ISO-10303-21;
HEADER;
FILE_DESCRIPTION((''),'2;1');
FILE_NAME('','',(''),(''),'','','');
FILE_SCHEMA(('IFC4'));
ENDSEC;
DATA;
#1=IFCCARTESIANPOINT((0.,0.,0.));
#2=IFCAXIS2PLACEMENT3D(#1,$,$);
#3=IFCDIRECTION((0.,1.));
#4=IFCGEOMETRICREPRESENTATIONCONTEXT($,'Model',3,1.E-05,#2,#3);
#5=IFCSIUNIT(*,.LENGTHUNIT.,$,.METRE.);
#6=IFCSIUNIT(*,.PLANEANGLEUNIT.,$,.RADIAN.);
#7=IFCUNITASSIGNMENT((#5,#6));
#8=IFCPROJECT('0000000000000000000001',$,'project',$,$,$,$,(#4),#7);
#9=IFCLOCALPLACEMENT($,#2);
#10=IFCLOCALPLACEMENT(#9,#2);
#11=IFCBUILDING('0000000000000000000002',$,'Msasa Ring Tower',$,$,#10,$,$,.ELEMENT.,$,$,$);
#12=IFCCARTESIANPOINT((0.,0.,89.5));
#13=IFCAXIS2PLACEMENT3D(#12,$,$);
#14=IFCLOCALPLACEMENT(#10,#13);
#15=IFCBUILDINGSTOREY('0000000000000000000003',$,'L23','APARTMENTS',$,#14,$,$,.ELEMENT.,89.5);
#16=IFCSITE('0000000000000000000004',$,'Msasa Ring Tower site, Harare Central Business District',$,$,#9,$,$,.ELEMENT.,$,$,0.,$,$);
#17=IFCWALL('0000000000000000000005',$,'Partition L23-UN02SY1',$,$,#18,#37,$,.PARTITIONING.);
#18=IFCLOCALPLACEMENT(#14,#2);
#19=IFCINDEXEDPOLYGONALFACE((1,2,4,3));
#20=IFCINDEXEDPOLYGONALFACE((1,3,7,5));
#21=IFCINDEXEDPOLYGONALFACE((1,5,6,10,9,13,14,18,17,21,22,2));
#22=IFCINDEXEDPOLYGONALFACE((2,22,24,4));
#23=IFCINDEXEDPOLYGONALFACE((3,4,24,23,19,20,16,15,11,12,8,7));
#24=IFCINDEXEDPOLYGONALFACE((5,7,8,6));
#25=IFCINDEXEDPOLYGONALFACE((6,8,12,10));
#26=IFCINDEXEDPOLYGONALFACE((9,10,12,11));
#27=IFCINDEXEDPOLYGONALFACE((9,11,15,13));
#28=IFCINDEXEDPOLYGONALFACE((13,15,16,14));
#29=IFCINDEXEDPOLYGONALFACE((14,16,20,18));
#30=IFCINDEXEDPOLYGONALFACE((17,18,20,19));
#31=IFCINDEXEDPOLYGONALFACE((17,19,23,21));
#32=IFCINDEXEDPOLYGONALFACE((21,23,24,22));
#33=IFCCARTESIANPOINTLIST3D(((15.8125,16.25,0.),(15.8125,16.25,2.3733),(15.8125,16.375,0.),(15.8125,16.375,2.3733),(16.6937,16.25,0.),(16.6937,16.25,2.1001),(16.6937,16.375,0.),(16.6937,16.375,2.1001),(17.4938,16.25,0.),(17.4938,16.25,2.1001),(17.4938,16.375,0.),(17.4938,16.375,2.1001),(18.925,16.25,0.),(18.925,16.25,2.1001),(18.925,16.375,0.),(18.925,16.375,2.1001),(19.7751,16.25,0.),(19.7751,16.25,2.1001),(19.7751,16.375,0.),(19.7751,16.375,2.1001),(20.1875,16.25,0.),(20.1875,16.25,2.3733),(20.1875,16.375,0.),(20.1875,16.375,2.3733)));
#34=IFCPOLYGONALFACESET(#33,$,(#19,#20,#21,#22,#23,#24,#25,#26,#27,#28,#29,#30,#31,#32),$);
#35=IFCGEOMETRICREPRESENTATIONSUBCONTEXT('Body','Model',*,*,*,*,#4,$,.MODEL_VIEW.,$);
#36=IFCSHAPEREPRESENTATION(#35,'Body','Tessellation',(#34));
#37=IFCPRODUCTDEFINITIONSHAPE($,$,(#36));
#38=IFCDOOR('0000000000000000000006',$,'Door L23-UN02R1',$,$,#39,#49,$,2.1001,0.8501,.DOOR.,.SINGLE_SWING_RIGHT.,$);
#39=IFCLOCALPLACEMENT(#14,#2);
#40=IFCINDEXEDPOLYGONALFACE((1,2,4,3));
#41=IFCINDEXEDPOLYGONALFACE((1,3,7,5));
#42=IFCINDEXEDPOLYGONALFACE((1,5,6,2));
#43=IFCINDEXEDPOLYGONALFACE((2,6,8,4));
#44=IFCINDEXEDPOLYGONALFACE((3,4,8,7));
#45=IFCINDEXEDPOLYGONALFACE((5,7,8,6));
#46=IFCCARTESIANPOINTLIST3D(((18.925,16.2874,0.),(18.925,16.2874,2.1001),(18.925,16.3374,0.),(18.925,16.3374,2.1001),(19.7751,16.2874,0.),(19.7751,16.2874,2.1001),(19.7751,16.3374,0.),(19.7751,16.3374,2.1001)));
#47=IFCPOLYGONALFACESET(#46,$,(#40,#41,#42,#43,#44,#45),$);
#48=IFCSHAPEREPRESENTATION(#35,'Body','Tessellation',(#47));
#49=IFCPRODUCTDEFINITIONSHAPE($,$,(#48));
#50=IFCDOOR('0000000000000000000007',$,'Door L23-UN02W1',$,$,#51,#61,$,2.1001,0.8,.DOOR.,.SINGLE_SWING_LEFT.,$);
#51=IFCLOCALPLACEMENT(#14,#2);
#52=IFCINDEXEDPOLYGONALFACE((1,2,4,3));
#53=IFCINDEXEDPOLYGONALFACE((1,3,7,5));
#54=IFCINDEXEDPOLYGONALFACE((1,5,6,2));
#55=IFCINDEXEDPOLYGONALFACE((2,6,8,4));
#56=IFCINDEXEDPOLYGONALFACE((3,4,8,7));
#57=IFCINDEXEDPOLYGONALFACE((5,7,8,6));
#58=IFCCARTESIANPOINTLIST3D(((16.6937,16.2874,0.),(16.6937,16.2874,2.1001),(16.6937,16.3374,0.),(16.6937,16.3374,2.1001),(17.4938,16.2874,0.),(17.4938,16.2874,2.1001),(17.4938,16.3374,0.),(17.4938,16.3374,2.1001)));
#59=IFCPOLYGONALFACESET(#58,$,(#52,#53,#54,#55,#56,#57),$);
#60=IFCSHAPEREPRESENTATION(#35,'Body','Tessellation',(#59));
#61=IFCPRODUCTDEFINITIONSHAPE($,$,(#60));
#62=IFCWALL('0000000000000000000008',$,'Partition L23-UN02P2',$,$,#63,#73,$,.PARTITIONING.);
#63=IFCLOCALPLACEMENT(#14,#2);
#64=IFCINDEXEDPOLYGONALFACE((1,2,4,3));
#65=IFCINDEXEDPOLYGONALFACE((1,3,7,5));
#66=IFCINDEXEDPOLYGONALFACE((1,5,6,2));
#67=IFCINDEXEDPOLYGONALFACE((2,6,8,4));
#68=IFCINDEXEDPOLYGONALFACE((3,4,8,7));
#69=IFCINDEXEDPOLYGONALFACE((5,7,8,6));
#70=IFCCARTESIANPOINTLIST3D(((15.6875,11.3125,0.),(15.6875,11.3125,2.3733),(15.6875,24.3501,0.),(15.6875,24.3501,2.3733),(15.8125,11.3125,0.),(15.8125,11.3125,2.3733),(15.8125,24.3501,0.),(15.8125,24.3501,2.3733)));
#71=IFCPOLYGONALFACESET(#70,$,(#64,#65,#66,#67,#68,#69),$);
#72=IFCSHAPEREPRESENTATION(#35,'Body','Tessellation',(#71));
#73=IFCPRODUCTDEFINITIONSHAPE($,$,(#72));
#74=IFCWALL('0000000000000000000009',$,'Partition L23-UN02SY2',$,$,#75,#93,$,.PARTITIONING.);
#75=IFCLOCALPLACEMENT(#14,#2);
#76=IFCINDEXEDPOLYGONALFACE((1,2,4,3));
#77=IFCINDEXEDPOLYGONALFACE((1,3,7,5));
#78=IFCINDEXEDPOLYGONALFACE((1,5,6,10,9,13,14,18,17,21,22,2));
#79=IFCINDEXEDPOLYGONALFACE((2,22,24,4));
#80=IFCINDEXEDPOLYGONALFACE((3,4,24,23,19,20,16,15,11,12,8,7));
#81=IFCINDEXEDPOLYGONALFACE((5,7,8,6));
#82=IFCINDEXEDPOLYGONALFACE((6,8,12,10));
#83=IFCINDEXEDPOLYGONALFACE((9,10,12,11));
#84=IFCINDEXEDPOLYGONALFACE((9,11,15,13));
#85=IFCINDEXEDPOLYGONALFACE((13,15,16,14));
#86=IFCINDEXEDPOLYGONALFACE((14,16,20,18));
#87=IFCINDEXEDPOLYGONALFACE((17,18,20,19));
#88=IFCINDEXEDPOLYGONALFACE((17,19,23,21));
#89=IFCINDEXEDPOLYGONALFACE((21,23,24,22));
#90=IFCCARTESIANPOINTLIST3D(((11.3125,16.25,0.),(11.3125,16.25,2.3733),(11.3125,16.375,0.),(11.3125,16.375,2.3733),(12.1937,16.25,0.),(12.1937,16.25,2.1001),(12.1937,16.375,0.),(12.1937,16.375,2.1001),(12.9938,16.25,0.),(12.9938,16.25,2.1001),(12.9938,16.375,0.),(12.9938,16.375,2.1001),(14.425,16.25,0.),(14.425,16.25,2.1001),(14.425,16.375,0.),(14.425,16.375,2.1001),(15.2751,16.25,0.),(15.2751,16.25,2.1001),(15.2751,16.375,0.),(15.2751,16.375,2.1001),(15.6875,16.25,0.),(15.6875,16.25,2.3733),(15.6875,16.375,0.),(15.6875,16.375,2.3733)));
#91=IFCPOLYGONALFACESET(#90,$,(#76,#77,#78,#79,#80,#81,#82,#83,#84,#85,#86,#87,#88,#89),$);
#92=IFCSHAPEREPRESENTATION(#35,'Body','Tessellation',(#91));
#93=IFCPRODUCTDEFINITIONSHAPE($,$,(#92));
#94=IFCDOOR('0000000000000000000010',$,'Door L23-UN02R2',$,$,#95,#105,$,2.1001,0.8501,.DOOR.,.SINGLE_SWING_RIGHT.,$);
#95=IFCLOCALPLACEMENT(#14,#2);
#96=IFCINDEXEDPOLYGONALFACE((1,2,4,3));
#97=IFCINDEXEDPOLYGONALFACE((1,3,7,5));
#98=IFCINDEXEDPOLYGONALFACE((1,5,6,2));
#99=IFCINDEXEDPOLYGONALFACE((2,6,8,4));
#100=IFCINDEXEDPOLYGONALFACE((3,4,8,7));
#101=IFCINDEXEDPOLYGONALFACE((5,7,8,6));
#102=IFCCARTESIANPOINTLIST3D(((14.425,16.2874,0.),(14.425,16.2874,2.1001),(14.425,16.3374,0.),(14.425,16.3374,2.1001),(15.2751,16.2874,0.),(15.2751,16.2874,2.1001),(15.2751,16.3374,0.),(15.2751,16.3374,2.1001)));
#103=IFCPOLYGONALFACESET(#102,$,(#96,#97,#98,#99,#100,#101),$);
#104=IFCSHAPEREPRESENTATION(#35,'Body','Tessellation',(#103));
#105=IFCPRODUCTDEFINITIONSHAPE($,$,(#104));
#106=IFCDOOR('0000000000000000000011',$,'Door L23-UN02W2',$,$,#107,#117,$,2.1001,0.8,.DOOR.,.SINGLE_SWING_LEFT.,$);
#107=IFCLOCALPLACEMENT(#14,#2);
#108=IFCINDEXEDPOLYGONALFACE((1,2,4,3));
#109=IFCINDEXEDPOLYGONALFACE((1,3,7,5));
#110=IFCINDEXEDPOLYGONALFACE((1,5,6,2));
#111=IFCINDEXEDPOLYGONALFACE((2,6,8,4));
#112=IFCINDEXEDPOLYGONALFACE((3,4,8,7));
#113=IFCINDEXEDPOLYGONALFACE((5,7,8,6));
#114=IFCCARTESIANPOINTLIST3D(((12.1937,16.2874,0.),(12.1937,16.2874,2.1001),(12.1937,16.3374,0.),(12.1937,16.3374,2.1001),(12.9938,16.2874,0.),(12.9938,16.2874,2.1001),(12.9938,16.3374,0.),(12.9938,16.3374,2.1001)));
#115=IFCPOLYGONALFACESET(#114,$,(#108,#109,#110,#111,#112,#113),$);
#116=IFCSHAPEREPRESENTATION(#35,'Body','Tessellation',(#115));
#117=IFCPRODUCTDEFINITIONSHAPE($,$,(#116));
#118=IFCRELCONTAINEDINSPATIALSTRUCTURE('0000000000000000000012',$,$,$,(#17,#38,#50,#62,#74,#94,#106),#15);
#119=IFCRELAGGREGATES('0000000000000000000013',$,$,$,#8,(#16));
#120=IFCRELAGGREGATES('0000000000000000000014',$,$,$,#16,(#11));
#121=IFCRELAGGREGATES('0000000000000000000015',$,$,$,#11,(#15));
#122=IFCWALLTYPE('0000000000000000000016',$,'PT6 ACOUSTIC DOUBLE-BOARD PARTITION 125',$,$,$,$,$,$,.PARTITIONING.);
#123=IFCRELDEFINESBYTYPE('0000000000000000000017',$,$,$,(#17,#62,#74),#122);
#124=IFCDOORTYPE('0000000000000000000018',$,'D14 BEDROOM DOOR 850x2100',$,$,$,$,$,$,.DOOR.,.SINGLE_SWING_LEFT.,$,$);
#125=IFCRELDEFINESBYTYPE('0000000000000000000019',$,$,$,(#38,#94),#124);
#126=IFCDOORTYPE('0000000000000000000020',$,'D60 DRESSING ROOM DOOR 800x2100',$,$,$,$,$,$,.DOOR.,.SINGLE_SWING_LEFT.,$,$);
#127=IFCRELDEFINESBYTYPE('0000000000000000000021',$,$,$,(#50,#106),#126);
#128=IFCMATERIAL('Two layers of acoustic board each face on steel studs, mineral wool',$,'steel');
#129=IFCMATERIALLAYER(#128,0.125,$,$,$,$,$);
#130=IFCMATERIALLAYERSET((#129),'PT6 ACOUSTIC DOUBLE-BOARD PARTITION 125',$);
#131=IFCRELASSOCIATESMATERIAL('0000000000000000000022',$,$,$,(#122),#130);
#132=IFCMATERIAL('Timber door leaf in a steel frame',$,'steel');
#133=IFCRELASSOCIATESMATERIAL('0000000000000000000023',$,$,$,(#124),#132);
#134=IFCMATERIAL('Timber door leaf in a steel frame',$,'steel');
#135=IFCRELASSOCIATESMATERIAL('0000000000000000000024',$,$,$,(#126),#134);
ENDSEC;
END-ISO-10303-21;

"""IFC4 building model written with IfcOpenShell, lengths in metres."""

from ifc_helpers import new_model, si_unit, direction, frame, frame_2d, origin, place, context, subcontext, project, spatial, rectangle, extrude, material, layer, layer_set, type_object, element, fill, save


model = new_model("IFC4")

# Units and contexts
model_context = context("Model", 3, precision=1e-05, world=origin(), true_north=direction((0.0, 1.0)))
body_context = subcontext(model_context, "Body", "Model", "MODEL_VIEW")
ifc_project = project(units=[si_unit("LENGTHUNIT", "METRE"), si_unit("PLANEANGLEUNIT", "RADIAN")], contexts=[model_context])

# Site, building, storey
site_placement = place(None, origin())
site = spatial("IfcSite", under=ifc_project, at=site_placement, Name="Msasa Ring Tower site, Harare Central Business District", CompositionType="ELEMENT", RefElevation=0.0)
building_placement = place(site_placement, origin())
building = spatial("IfcBuilding", under=site, at=building_placement, Name="Msasa Ring Tower", CompositionType="ELEMENT")
storey_placement = place(building_placement, frame((0.0, 0.0, 89.5)))
storey = spatial("IfcBuildingStorey", under=building, at=storey_placement, Name="L23", Description="APARTMENTS", CompositionType="ELEMENT", Elevation=89.5)

# Shared definitions
ifc_material_1 = material(Name="Two layers of acoustic board each face on steel studs, mineral wool", Category="steel")
ifc_layer_1 = layer(ifc_material_1, 0.125)
ifc_layer_set_1 = layer_set([ifc_layer_1], Name="PT6 ACOUSTIC DOUBLE-BOARD PARTITION 125")
wall_type_1 = type_object("IfcWallType", Name="PT6 ACOUSTIC DOUBLE-BOARD PARTITION 125", PredefinedType="PARTITIONING", material=ifc_layer_set_1)

# Wall, openings, doors
wall_1_placement = place(storey_placement, frame((15.8125, 16.3125, 0.0), z_axis=(0.0, 0.0, 1.0), x_axis=(1.0, 0.0, 0.0)))
wall_1 = element("IfcWall", 1, at=wall_1_placement, inside=storey, type_object=wall_type_1, Name="Partition L23-UN02SY1", PredefinedType="PARTITIONING", context=body_context, shape_type="SweptSolid", body=[
    extrude(rectangle(XDim=4.375, YDim=0.125, at=frame_2d((2.1875, 0.0))), origin(), (0.0, 0.0, 1.0), 2.3733),
])
opening_1_placement = place(wall_1_placement, frame((3.1125, 0.0, 0.0)))
opening_1 = element("IfcOpeningElement", 2, at=opening_1_placement, cuts=wall_1, PredefinedType="OPENING", context=body_context, shape_type="SweptSolid", body=[
    extrude(rectangle(XDim=0.8501, YDim=2.1001, at=frame_2d((0.425, 1.05))), frame((0.0, 0.0725, 0.0), z_axis=(0.0, -1.0, 0.0), x_axis=(1.0, 0.0, 0.0)), (0.0, 0.0, 1.0), 0.145),
])
opening_2_placement = place(wall_1_placement, frame((0.8813, 0.0, 0.0)))
opening_2 = element("IfcOpeningElement", 3, at=opening_2_placement, cuts=wall_1, PredefinedType="OPENING", context=body_context, shape_type="SweptSolid", body=[
    extrude(rectangle(XDim=0.8, YDim=2.1001, at=frame_2d((0.3999, 1.05))), frame((0.0, 0.0725, 0.0), z_axis=(0.0, -1.0, 0.0), x_axis=(1.0, 0.0, 0.0)), (0.0, 0.0, 1.0), 0.145),
])
ifc_material_2 = material(Name="Timber door leaf in a steel frame", Category="steel")
door_type_1 = type_object("IfcDoorType", Name="D14 BEDROOM DOOR 850x2100", OperationType="SINGLE_SWING_LEFT", PredefinedType="DOOR", material=ifc_material_2)
door_1_placement = place(opening_1_placement, origin())
door_1 = element("IfcDoor", 4, at=door_1_placement, inside=storey, type_object=door_type_1, Name="Door L23-UN02R1", OperationType="SINGLE_SWING_RIGHT", OverallHeight=2.1001, OverallWidth=0.8501, PredefinedType="DOOR", context=body_context, shape_type="SweptSolid", body=[
    extrude(rectangle(XDim=0.8501, YDim=2.1001, at=frame_2d((0.425, 1.05))), frame((0.0, 0.0249, 0.0), z_axis=(0.0, -1.0, 0.0), x_axis=(1.0, 0.0, 0.0)), (0.0, 0.0, 1.0), 0.05),
])
fill(opening_1, door_1)
ifc_material_3 = material(Name="Timber door leaf in a steel frame", Category="steel")
door_type_2 = type_object("IfcDoorType", Name="D60 DRESSING ROOM DOOR 800x2100", OperationType="SINGLE_SWING_LEFT", PredefinedType="DOOR", material=ifc_material_3)
door_2_placement = place(opening_2_placement, origin())
door_2 = element("IfcDoor", 5, at=door_2_placement, inside=storey, type_object=door_type_2, Name="Door L23-UN02W1", OperationType="SINGLE_SWING_LEFT", OverallHeight=2.1001, OverallWidth=0.8, PredefinedType="DOOR", context=body_context, shape_type="SweptSolid", body=[
    extrude(rectangle(XDim=0.8, YDim=2.1001, at=frame_2d((0.3999, 1.05))), frame((0.0, 0.0249, 0.0), z_axis=(0.0, -1.0, 0.0), x_axis=(1.0, 0.0, 0.0)), (0.0, 0.0, 1.0), 0.05),
])
fill(opening_2, door_2)

# Wall
wall_2_placement = place(storey_placement, frame((15.75, 11.3125, 0.0), z_axis=(0.0, 0.0, 1.0), x_axis=(0.0, 1.0, 0.0)))
element("IfcWall", 6, at=wall_2_placement, inside=storey, type_object=wall_type_1, Name="Partition L23-UN02P2", PredefinedType="PARTITIONING", context=body_context, shape_type="SweptSolid", body=[
    extrude(rectangle(XDim=13.0376, YDim=0.125, at=frame_2d((6.5188, 0.0))), origin(), (0.0, 0.0, 1.0), 2.3733),
])

# Wall, openings, doors
wall_3_placement = place(storey_placement, frame((11.3125, 16.3125, 0.0), z_axis=(0.0, 0.0, 1.0), x_axis=(1.0, 0.0, 0.0)))
wall_3 = element("IfcWall", 7, at=wall_3_placement, inside=storey, type_object=wall_type_1, Name="Partition L23-UN02SY2", PredefinedType="PARTITIONING", context=body_context, shape_type="SweptSolid", body=[
    extrude(rectangle(XDim=4.375, YDim=0.125, at=frame_2d((2.1875, 0.0))), origin(), (0.0, 0.0, 1.0), 2.3733),
])
opening_3_placement = place(wall_3_placement, frame((3.1125, 0.0, 0.0)))
opening_3 = element("IfcOpeningElement", 8, at=opening_3_placement, cuts=wall_3, PredefinedType="OPENING", context=body_context, shape_type="SweptSolid", body=[
    extrude(rectangle(XDim=0.8501, YDim=2.1001, at=frame_2d((0.425, 1.05))), frame((0.0, 0.0725, 0.0), z_axis=(0.0, -1.0, 0.0), x_axis=(1.0, 0.0, 0.0)), (0.0, 0.0, 1.0), 0.145),
])
opening_4_placement = place(wall_3_placement, frame((0.8813, 0.0, 0.0)))
opening_4 = element("IfcOpeningElement", 9, at=opening_4_placement, cuts=wall_3, PredefinedType="OPENING", context=body_context, shape_type="SweptSolid", body=[
    extrude(rectangle(XDim=0.8, YDim=2.1001, at=frame_2d((0.3999, 1.05))), frame((0.0, 0.0725, 0.0), z_axis=(0.0, -1.0, 0.0), x_axis=(1.0, 0.0, 0.0)), (0.0, 0.0, 1.0), 0.145),
])
door_3_placement = place(opening_3_placement, origin())
door_3 = element("IfcDoor", 10, at=door_3_placement, inside=storey, type_object=door_type_1, Name="Door L23-UN02R2", OperationType="SINGLE_SWING_RIGHT", OverallHeight=2.1001, OverallWidth=0.8501, PredefinedType="DOOR", context=body_context, shape_type="SweptSolid", body=[
    extrude(rectangle(XDim=0.8501, YDim=2.1001, at=frame_2d((0.425, 1.05))), frame((0.0, 0.0249, 0.0), z_axis=(0.0, -1.0, 0.0), x_axis=(1.0, 0.0, 0.0)), (0.0, 0.0, 1.0), 0.05),
])
fill(opening_3, door_3)
door_4_placement = place(opening_4_placement, origin())
door_4 = element("IfcDoor", 11, at=door_4_placement, inside=storey, type_object=door_type_2, Name="Door L23-UN02W2", OperationType="SINGLE_SWING_LEFT", OverallHeight=2.1001, OverallWidth=0.8, PredefinedType="DOOR", context=body_context, shape_type="SweptSolid", body=[
    extrude(rectangle(XDim=0.8, YDim=2.1001, at=frame_2d((0.3999, 1.05))), frame((0.0, 0.0249, 0.0), z_axis=(0.0, -1.0, 0.0), x_axis=(1.0, 0.0, 0.0)), (0.0, 0.0, 1.0), 0.05),
])
fill(opening_4, door_4)

save(model, "model.ifc")
